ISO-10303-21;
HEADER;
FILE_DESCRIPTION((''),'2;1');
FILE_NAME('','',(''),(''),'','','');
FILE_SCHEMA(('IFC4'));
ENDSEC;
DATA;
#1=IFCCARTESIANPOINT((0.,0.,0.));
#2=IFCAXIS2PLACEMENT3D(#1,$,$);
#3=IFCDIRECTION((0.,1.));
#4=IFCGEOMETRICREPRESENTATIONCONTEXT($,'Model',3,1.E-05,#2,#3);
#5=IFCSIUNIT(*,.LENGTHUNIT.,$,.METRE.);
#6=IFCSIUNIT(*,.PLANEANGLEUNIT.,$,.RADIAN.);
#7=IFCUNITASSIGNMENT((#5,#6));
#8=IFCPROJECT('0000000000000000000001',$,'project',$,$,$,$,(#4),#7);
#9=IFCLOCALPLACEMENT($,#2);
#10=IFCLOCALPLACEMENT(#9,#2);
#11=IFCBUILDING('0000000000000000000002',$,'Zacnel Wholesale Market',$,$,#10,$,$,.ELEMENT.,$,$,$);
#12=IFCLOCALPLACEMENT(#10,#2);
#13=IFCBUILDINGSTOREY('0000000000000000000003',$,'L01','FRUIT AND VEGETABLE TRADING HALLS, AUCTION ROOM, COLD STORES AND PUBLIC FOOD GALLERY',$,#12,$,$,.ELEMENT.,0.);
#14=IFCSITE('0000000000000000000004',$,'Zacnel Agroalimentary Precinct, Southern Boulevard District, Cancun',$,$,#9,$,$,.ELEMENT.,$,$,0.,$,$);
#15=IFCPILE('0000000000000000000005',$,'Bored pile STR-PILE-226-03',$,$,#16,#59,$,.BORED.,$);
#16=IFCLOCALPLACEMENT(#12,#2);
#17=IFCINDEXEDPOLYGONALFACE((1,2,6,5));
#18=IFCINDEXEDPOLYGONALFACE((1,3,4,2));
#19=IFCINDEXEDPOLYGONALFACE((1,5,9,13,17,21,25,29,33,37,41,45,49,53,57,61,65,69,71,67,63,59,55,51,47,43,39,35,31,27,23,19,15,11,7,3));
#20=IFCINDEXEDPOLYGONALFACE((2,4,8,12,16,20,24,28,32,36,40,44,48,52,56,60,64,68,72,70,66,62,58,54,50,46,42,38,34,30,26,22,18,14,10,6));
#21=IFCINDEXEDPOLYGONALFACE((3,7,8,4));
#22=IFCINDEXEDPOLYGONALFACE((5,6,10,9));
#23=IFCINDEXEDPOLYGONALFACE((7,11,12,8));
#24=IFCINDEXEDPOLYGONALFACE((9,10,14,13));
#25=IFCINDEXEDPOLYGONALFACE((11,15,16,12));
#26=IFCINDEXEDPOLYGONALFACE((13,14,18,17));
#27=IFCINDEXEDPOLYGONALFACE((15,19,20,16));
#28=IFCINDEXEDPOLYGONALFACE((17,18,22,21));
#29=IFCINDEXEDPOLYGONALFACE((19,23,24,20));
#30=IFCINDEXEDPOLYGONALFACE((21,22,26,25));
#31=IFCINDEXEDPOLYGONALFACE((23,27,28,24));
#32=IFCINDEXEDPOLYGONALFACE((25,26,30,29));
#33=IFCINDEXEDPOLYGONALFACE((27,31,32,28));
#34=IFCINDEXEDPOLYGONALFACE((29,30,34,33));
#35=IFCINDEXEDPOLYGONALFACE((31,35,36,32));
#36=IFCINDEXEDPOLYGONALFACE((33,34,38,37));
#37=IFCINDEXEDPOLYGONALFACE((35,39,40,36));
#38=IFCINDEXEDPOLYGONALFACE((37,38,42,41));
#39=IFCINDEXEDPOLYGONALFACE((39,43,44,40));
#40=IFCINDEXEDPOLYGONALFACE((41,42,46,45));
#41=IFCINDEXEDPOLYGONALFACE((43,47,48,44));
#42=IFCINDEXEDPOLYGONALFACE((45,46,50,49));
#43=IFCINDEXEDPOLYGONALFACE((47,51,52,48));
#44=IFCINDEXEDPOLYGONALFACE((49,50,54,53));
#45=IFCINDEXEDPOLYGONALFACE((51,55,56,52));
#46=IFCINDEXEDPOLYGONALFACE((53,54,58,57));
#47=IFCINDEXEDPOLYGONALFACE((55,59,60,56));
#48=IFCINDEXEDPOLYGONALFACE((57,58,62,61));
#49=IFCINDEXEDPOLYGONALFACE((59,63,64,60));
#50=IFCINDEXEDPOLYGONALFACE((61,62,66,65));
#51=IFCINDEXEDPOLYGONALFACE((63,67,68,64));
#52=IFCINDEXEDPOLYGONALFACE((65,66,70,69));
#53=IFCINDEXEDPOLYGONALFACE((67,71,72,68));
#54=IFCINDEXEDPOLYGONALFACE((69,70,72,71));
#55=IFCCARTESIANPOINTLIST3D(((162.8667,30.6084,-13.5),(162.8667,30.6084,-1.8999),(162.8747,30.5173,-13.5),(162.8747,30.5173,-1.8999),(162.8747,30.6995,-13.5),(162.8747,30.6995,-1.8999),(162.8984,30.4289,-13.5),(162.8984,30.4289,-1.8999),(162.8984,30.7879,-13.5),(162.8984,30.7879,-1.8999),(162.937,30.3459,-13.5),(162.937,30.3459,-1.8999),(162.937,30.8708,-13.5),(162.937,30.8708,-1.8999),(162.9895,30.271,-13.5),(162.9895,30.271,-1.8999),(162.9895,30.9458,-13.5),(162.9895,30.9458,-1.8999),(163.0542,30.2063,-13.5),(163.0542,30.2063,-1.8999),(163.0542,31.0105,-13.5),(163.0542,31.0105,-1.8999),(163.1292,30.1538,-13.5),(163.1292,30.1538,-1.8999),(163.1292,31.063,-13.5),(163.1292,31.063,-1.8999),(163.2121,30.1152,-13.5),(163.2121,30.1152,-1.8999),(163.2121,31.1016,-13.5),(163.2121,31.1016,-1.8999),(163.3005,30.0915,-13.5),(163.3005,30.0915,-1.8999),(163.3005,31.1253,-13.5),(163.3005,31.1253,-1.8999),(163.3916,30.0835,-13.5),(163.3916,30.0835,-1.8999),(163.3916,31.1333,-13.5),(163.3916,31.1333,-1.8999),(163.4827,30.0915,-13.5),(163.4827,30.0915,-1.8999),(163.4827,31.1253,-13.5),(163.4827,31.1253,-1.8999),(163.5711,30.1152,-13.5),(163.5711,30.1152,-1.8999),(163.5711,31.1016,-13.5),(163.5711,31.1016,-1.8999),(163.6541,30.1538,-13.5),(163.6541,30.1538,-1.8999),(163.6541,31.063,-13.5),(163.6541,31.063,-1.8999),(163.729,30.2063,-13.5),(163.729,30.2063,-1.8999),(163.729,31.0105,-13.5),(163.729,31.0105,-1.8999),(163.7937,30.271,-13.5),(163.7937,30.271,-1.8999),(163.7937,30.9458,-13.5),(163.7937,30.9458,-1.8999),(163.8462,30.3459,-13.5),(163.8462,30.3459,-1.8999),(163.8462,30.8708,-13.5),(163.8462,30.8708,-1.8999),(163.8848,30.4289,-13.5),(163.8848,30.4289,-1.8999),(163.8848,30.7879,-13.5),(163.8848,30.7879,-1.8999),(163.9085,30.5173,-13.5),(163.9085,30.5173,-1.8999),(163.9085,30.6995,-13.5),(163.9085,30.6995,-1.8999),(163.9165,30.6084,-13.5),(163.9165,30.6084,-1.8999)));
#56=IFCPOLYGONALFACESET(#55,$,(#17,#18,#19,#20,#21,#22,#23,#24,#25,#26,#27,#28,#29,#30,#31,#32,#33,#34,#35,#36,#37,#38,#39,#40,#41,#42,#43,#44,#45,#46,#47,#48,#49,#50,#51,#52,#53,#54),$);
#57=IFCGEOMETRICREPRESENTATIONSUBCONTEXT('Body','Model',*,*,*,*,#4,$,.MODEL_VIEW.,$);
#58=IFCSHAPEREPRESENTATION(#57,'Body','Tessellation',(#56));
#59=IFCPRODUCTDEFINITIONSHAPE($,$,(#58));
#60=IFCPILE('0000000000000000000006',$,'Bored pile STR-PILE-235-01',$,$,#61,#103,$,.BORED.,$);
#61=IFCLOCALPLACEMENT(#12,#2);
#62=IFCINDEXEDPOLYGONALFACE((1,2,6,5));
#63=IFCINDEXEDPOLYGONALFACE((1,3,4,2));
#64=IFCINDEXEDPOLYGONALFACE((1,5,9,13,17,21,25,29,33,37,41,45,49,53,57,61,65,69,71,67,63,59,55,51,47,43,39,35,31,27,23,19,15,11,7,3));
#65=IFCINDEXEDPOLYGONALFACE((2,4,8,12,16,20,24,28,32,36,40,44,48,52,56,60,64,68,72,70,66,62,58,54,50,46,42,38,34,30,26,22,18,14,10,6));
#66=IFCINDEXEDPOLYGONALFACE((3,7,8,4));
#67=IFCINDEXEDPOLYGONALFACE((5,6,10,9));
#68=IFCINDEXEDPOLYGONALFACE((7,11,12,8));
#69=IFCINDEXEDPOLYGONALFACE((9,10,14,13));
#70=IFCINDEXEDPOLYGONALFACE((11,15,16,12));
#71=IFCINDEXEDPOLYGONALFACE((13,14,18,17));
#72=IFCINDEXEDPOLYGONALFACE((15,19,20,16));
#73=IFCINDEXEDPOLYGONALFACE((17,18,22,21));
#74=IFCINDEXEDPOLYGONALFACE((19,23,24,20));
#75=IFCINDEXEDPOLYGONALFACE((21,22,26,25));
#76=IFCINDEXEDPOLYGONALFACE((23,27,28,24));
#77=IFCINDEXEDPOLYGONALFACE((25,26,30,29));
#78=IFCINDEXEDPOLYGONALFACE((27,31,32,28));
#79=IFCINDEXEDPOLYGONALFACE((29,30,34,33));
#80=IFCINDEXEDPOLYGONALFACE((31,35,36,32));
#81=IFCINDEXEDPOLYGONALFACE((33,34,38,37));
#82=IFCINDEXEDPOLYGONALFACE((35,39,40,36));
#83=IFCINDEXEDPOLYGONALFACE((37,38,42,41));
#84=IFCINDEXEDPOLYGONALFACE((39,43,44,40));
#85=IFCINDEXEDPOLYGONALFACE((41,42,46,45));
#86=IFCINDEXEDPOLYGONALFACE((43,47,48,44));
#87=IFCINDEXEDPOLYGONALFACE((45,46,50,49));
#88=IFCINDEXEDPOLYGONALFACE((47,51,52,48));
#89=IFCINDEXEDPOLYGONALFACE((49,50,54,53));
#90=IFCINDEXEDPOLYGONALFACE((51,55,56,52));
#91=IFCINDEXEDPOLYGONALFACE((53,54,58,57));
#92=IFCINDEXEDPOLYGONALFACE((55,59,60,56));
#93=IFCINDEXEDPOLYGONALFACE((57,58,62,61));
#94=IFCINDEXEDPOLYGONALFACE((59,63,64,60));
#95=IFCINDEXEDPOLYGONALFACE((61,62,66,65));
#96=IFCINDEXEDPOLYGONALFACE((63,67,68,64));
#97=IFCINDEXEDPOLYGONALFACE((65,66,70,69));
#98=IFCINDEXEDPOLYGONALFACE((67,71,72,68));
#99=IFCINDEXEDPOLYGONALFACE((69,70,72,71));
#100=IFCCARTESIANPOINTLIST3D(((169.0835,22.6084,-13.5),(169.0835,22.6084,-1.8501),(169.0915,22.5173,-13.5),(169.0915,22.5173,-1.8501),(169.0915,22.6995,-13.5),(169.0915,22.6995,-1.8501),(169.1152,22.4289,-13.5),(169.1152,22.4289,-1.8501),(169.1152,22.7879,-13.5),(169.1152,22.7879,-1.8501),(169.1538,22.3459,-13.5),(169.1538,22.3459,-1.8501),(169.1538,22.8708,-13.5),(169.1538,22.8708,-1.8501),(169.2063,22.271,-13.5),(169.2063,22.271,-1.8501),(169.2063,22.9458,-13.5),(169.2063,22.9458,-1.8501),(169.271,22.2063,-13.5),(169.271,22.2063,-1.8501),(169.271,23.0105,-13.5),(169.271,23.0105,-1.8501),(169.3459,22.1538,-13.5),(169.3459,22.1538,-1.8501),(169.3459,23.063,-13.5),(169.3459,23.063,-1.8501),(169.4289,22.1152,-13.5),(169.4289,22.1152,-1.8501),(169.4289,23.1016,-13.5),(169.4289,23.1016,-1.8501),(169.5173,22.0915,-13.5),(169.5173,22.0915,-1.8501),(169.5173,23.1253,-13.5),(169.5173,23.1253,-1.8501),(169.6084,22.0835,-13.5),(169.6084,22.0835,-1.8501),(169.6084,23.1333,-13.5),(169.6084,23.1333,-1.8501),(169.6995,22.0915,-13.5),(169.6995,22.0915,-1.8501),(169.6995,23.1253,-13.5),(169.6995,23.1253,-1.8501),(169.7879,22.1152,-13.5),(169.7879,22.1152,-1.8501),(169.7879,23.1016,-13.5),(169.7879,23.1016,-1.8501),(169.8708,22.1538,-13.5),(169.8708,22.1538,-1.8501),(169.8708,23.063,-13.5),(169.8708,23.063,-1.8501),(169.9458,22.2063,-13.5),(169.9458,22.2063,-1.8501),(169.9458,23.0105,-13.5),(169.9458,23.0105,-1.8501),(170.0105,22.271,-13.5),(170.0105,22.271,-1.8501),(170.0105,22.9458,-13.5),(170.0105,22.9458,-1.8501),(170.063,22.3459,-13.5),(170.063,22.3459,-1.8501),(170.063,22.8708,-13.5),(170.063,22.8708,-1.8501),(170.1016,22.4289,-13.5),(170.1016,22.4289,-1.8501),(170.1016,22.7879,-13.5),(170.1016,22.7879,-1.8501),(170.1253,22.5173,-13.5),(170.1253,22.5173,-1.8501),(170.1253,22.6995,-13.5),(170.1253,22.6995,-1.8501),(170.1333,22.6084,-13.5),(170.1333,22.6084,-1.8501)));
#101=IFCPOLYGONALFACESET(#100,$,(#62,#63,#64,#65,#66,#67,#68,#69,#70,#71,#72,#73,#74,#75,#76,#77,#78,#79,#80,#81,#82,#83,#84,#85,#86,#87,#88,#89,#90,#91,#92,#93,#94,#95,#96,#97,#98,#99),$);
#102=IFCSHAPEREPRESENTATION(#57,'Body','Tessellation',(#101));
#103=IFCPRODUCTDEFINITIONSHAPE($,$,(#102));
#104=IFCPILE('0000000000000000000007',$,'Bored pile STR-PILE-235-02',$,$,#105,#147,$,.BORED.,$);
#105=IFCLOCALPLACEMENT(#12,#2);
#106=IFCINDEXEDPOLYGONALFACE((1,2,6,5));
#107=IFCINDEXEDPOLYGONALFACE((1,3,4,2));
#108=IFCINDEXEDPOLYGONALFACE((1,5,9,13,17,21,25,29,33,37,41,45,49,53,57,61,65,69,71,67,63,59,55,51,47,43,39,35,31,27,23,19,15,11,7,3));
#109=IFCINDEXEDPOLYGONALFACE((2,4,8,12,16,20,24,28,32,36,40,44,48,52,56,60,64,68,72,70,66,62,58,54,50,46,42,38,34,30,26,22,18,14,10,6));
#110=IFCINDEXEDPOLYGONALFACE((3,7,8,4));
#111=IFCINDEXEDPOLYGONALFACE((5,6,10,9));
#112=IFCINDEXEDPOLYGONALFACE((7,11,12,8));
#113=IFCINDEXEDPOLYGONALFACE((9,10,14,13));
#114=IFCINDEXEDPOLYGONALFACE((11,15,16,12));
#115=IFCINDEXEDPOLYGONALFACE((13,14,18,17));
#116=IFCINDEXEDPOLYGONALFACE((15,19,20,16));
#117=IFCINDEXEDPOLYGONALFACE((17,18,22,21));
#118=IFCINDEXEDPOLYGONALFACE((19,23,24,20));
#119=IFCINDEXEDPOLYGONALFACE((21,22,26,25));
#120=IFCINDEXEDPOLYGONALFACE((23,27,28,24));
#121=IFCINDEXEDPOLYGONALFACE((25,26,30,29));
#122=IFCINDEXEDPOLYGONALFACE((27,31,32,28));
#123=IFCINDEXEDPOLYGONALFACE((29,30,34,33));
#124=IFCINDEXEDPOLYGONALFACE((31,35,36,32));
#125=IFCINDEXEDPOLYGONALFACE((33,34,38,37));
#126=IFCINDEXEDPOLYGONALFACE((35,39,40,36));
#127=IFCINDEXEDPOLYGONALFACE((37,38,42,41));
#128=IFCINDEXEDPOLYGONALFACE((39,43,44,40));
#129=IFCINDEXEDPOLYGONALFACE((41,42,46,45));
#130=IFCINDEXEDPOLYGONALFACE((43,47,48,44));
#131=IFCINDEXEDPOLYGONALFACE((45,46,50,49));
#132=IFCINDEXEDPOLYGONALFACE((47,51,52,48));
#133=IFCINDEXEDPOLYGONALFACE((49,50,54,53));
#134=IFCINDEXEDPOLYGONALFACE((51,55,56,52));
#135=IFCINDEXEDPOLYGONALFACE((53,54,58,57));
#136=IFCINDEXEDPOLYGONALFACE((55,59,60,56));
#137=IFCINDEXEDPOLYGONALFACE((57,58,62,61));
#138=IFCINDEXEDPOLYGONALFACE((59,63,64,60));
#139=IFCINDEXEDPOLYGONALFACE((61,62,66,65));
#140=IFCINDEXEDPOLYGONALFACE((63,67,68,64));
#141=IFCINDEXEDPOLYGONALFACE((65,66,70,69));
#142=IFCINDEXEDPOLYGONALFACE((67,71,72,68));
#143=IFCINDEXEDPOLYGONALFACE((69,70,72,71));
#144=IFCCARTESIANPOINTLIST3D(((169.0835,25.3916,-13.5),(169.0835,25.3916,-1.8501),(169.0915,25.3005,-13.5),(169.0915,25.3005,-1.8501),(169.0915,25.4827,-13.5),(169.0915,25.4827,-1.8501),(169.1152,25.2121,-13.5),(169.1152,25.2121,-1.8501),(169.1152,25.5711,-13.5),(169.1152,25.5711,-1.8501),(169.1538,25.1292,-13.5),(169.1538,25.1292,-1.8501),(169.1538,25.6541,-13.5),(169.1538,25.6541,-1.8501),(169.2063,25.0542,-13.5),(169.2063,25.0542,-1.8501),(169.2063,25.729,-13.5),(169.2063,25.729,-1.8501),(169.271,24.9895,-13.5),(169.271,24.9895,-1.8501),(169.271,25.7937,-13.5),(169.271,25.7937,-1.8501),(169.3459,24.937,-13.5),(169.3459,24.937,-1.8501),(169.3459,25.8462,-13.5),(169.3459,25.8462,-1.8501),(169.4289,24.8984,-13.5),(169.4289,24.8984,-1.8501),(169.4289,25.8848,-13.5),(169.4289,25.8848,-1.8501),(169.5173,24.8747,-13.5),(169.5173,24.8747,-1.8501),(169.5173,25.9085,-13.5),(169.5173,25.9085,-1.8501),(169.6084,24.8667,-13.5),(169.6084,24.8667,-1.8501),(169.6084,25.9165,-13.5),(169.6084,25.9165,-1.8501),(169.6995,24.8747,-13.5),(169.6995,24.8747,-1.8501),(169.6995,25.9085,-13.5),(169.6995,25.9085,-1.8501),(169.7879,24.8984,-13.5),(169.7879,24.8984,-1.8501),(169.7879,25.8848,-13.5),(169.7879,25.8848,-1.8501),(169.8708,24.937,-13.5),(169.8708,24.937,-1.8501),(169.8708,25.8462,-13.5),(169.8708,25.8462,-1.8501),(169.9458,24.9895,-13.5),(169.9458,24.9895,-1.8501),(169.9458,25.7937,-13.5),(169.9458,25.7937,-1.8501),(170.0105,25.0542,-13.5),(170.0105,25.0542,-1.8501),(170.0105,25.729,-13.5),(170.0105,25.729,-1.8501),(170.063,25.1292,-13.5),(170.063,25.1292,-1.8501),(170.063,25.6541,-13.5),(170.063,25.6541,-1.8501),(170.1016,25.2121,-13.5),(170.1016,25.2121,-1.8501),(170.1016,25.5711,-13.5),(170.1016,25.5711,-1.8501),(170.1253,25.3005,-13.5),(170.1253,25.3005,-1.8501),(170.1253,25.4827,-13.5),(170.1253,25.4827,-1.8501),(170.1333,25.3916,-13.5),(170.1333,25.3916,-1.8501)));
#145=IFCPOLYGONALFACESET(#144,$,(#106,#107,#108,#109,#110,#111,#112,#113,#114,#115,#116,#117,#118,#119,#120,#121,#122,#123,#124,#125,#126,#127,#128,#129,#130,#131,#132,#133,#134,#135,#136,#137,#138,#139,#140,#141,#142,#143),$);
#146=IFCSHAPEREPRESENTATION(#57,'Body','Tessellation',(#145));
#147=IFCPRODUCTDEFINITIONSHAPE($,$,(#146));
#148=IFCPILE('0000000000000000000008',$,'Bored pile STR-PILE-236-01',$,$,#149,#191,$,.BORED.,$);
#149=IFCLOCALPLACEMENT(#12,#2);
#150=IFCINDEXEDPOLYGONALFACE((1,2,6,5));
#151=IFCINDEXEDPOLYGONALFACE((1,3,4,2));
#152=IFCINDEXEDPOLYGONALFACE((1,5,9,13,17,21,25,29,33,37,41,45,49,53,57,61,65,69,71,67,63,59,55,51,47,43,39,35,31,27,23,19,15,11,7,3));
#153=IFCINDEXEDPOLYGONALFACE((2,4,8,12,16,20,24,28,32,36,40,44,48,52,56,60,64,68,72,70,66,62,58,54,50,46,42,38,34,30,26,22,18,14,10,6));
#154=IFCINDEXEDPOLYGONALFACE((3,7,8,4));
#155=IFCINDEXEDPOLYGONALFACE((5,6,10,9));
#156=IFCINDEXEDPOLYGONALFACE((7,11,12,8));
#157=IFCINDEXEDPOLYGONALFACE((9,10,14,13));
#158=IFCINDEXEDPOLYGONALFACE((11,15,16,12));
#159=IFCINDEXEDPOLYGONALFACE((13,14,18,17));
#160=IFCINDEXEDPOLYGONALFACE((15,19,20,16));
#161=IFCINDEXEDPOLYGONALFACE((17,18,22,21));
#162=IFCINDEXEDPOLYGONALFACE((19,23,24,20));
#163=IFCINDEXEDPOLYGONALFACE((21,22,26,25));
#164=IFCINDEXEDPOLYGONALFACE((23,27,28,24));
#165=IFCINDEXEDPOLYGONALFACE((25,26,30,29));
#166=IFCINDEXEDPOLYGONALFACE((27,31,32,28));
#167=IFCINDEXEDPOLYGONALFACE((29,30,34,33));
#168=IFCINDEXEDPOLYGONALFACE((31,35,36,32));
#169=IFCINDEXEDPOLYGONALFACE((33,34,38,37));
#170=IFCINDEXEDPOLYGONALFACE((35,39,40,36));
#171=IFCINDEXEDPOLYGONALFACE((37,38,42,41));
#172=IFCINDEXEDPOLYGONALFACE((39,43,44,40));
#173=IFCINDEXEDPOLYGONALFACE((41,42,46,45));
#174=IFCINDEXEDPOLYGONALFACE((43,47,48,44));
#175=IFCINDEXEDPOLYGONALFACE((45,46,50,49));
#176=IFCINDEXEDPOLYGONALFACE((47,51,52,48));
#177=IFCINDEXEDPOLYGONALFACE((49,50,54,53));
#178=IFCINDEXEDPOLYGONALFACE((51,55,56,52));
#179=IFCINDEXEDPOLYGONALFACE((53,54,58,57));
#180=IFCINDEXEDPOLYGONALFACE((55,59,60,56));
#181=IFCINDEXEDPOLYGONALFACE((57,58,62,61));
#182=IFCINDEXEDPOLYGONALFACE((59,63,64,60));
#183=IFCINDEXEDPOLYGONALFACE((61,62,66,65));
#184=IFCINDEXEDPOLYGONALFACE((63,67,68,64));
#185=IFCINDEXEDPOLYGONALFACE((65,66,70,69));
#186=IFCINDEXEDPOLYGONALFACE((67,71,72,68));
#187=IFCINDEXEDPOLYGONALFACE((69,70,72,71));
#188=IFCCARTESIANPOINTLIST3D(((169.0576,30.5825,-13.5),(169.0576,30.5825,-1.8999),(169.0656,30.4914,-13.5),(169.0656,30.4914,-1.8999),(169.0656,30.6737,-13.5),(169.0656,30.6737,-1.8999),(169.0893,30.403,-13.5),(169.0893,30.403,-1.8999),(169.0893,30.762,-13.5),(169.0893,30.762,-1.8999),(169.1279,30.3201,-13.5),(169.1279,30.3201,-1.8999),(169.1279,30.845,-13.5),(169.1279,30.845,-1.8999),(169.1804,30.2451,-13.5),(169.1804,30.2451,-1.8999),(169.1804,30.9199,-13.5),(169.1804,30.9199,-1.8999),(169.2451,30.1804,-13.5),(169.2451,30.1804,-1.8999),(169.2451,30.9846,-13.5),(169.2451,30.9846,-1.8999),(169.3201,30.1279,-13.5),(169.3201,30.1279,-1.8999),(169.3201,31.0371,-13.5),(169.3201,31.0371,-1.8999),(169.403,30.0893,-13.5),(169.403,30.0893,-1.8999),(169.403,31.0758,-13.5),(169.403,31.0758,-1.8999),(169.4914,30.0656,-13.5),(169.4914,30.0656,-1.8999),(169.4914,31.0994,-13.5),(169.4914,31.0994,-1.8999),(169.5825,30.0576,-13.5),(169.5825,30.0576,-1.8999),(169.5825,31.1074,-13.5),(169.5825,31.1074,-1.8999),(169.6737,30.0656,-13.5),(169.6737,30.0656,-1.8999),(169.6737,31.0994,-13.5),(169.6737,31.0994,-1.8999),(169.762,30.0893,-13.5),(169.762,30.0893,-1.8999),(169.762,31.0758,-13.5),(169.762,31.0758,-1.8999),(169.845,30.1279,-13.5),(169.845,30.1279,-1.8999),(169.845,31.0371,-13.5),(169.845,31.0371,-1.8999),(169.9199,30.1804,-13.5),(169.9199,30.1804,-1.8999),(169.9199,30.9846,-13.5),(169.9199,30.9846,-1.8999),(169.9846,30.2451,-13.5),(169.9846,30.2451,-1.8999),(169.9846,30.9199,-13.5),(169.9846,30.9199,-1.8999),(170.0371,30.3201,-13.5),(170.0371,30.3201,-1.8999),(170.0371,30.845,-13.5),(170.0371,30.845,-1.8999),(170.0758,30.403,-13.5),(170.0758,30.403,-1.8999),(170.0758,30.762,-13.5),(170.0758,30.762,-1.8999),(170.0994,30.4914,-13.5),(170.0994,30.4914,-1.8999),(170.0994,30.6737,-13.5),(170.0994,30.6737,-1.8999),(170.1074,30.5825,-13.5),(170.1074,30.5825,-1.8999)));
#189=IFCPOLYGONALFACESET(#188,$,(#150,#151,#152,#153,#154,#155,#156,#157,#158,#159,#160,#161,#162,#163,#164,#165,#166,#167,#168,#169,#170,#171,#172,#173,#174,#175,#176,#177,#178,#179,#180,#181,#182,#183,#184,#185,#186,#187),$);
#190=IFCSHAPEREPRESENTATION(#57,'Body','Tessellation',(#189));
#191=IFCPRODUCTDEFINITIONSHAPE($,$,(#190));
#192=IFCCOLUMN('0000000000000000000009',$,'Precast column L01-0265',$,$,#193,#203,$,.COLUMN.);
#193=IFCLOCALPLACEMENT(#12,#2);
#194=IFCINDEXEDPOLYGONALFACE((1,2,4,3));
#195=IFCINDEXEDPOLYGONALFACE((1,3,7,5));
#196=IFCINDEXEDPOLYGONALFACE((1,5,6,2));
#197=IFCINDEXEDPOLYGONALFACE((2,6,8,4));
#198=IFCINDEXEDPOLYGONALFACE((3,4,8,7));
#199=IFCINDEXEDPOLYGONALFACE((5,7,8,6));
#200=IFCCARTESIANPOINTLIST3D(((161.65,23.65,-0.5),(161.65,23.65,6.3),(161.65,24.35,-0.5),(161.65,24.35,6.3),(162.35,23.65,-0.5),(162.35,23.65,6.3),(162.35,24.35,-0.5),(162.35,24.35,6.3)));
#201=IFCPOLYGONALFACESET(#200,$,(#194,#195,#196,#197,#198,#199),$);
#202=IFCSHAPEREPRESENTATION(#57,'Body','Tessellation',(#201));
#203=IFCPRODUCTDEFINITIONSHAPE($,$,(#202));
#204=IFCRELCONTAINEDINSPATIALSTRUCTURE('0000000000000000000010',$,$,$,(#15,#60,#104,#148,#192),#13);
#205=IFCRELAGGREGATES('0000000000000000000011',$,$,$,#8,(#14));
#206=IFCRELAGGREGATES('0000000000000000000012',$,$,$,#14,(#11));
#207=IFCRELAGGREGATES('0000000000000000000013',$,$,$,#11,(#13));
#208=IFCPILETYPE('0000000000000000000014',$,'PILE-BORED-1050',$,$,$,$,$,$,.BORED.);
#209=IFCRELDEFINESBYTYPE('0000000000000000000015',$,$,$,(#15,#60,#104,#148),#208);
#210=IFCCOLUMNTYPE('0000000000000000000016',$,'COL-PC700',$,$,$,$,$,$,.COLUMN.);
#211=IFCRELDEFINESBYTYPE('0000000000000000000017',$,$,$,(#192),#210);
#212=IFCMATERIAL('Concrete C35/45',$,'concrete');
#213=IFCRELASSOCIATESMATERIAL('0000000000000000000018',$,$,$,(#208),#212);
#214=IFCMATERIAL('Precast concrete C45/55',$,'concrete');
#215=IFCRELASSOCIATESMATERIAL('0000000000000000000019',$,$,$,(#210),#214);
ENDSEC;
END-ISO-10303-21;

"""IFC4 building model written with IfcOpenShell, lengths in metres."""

from ifc_helpers import new_model, si_unit, direction, frame, origin, origin_2d, place, context, subcontext, project, spatial, rectangle, circle, extrude, material, material_profile, profile_set, type_object, element, save


model = new_model("IFC4")

# Units and contexts
model_context = context("Model", 3, precision=1e-05, world=origin(), true_north=direction((0.0, 1.0)))
body_context = subcontext(model_context, "Body", "Model", "MODEL_VIEW")
ifc_project = project(units=[si_unit("LENGTHUNIT", "METRE"), si_unit("PLANEANGLEUNIT", "RADIAN")], contexts=[model_context])

# Site, building, storey
site_placement = place(None, origin())
site = spatial("IfcSite", under=ifc_project, at=site_placement, Name="Zacnel Agroalimentary Precinct, Southern Boulevard District, Cancun", CompositionType="ELEMENT", RefElevation=0.0)
building_placement = place(site_placement, origin())
building = spatial("IfcBuilding", under=site, at=building_placement, Name="Zacnel Wholesale Market", CompositionType="ELEMENT")
storey_placement = place(building_placement, origin())
storey = spatial("IfcBuildingStorey", under=building, at=storey_placement, Name="L01", Description="FRUIT AND VEGETABLE TRADING HALLS, AUCTION ROOM, COLD STORES AND PUBLIC FOOD GALLERY", CompositionType="ELEMENT", Elevation=0.0)

# Piles
ifc_material_1 = material(Name="Concrete C35/45", Category="concrete")
ifc_material_profile_1 = material_profile(ifc_material_1, circle(Radius=0.5249, at=origin_2d()), Name="BORED PILE D1050")
ifc_profile_set_1 = profile_set([ifc_material_profile_1], Name="Concrete C35/45")
pile_type = type_object("IfcPileType", Name="PILE-BORED-1050", PredefinedType="BORED", material=ifc_profile_set_1)
for number, where, z_axis, x_axis, name in (
    (1, (163.3916, 30.6084, -1.8999), (0.0, 0.0, -1.0), (1.0, 0.0, 0.0), "Bored pile STR-PILE-226-03"),
):
    element("IfcPile", number, at=place(storey_placement, frame(where, z_axis=z_axis, x_axis=x_axis)), inside=storey, type_object=pile_type, Name=name, PredefinedType="BORED", context=body_context, shape_type="SweptSolid", body=[
        extrude(circle(Radius=0.5249, at=origin_2d()), origin(), (0.0, 0.0, 1.0), 11.6001),
    ])
for number, where, z_axis, x_axis, name in (
    (2, (169.6084, 22.6084, -1.8501), (0.0, 0.0, -1.0), (1.0, 0.0, 0.0), "Bored pile STR-PILE-235-01"),
    (3, (169.6084, 25.3916, -1.8501), (0.0, 0.0, -1.0), (1.0, 0.0, 0.0), "Bored pile STR-PILE-235-02"),
):
    element("IfcPile", number, at=place(storey_placement, frame(where, z_axis=z_axis, x_axis=x_axis)), inside=storey, type_object=pile_type, Name=name, PredefinedType="BORED", context=body_context, shape_type="SweptSolid", body=[
        extrude(circle(Radius=0.5249, at=origin_2d()), origin(), (0.0, 0.0, 1.0), 11.6499),
    ])
pile_1_placement = place(storey_placement, frame((169.5825, 30.5825, -1.8999), z_axis=(0.0, 0.0, -1.0), x_axis=(1.0, 0.0, 0.0)))
element("IfcPile", 4, at=pile_1_placement, inside=storey, type_object=pile_type, Name="Bored pile STR-PILE-236-01", PredefinedType="BORED", context=body_context, shape_type="SweptSolid", body=[
    extrude(circle(Radius=0.5249, at=origin_2d()), origin(), (0.0, 0.0, 1.0), 11.6001),
])

# Column
ifc_material_2 = material(Name="Precast concrete C45/55", Category="concrete")
ifc_material_profile_2 = material_profile(ifc_material_2, rectangle(XDim=0.7, YDim=0.7, at=origin_2d()), Name="PC 700x700")
ifc_profile_set_2 = profile_set([ifc_material_profile_2], Name="Precast concrete C45/55")
column_type = type_object("IfcColumnType", Name="COL-PC700", PredefinedType="COLUMN", material=ifc_profile_set_2)
column_placement = place(storey_placement, frame((162.0, 24.0, -0.5), z_axis=(0.0, 0.0, 1.0), x_axis=(1.0, 0.0, 0.0)))
element("IfcColumn", 5, at=column_placement, inside=storey, type_object=column_type, Name="Precast column L01-0265", PredefinedType="COLUMN", context=body_context, shape_type="SweptSolid", body=[
    extrude(rectangle(XDim=0.7, YDim=0.7, at=origin_2d()), origin(), (0.0, 0.0, 1.0), 6.8),
])

save(model, "model.ifc")
